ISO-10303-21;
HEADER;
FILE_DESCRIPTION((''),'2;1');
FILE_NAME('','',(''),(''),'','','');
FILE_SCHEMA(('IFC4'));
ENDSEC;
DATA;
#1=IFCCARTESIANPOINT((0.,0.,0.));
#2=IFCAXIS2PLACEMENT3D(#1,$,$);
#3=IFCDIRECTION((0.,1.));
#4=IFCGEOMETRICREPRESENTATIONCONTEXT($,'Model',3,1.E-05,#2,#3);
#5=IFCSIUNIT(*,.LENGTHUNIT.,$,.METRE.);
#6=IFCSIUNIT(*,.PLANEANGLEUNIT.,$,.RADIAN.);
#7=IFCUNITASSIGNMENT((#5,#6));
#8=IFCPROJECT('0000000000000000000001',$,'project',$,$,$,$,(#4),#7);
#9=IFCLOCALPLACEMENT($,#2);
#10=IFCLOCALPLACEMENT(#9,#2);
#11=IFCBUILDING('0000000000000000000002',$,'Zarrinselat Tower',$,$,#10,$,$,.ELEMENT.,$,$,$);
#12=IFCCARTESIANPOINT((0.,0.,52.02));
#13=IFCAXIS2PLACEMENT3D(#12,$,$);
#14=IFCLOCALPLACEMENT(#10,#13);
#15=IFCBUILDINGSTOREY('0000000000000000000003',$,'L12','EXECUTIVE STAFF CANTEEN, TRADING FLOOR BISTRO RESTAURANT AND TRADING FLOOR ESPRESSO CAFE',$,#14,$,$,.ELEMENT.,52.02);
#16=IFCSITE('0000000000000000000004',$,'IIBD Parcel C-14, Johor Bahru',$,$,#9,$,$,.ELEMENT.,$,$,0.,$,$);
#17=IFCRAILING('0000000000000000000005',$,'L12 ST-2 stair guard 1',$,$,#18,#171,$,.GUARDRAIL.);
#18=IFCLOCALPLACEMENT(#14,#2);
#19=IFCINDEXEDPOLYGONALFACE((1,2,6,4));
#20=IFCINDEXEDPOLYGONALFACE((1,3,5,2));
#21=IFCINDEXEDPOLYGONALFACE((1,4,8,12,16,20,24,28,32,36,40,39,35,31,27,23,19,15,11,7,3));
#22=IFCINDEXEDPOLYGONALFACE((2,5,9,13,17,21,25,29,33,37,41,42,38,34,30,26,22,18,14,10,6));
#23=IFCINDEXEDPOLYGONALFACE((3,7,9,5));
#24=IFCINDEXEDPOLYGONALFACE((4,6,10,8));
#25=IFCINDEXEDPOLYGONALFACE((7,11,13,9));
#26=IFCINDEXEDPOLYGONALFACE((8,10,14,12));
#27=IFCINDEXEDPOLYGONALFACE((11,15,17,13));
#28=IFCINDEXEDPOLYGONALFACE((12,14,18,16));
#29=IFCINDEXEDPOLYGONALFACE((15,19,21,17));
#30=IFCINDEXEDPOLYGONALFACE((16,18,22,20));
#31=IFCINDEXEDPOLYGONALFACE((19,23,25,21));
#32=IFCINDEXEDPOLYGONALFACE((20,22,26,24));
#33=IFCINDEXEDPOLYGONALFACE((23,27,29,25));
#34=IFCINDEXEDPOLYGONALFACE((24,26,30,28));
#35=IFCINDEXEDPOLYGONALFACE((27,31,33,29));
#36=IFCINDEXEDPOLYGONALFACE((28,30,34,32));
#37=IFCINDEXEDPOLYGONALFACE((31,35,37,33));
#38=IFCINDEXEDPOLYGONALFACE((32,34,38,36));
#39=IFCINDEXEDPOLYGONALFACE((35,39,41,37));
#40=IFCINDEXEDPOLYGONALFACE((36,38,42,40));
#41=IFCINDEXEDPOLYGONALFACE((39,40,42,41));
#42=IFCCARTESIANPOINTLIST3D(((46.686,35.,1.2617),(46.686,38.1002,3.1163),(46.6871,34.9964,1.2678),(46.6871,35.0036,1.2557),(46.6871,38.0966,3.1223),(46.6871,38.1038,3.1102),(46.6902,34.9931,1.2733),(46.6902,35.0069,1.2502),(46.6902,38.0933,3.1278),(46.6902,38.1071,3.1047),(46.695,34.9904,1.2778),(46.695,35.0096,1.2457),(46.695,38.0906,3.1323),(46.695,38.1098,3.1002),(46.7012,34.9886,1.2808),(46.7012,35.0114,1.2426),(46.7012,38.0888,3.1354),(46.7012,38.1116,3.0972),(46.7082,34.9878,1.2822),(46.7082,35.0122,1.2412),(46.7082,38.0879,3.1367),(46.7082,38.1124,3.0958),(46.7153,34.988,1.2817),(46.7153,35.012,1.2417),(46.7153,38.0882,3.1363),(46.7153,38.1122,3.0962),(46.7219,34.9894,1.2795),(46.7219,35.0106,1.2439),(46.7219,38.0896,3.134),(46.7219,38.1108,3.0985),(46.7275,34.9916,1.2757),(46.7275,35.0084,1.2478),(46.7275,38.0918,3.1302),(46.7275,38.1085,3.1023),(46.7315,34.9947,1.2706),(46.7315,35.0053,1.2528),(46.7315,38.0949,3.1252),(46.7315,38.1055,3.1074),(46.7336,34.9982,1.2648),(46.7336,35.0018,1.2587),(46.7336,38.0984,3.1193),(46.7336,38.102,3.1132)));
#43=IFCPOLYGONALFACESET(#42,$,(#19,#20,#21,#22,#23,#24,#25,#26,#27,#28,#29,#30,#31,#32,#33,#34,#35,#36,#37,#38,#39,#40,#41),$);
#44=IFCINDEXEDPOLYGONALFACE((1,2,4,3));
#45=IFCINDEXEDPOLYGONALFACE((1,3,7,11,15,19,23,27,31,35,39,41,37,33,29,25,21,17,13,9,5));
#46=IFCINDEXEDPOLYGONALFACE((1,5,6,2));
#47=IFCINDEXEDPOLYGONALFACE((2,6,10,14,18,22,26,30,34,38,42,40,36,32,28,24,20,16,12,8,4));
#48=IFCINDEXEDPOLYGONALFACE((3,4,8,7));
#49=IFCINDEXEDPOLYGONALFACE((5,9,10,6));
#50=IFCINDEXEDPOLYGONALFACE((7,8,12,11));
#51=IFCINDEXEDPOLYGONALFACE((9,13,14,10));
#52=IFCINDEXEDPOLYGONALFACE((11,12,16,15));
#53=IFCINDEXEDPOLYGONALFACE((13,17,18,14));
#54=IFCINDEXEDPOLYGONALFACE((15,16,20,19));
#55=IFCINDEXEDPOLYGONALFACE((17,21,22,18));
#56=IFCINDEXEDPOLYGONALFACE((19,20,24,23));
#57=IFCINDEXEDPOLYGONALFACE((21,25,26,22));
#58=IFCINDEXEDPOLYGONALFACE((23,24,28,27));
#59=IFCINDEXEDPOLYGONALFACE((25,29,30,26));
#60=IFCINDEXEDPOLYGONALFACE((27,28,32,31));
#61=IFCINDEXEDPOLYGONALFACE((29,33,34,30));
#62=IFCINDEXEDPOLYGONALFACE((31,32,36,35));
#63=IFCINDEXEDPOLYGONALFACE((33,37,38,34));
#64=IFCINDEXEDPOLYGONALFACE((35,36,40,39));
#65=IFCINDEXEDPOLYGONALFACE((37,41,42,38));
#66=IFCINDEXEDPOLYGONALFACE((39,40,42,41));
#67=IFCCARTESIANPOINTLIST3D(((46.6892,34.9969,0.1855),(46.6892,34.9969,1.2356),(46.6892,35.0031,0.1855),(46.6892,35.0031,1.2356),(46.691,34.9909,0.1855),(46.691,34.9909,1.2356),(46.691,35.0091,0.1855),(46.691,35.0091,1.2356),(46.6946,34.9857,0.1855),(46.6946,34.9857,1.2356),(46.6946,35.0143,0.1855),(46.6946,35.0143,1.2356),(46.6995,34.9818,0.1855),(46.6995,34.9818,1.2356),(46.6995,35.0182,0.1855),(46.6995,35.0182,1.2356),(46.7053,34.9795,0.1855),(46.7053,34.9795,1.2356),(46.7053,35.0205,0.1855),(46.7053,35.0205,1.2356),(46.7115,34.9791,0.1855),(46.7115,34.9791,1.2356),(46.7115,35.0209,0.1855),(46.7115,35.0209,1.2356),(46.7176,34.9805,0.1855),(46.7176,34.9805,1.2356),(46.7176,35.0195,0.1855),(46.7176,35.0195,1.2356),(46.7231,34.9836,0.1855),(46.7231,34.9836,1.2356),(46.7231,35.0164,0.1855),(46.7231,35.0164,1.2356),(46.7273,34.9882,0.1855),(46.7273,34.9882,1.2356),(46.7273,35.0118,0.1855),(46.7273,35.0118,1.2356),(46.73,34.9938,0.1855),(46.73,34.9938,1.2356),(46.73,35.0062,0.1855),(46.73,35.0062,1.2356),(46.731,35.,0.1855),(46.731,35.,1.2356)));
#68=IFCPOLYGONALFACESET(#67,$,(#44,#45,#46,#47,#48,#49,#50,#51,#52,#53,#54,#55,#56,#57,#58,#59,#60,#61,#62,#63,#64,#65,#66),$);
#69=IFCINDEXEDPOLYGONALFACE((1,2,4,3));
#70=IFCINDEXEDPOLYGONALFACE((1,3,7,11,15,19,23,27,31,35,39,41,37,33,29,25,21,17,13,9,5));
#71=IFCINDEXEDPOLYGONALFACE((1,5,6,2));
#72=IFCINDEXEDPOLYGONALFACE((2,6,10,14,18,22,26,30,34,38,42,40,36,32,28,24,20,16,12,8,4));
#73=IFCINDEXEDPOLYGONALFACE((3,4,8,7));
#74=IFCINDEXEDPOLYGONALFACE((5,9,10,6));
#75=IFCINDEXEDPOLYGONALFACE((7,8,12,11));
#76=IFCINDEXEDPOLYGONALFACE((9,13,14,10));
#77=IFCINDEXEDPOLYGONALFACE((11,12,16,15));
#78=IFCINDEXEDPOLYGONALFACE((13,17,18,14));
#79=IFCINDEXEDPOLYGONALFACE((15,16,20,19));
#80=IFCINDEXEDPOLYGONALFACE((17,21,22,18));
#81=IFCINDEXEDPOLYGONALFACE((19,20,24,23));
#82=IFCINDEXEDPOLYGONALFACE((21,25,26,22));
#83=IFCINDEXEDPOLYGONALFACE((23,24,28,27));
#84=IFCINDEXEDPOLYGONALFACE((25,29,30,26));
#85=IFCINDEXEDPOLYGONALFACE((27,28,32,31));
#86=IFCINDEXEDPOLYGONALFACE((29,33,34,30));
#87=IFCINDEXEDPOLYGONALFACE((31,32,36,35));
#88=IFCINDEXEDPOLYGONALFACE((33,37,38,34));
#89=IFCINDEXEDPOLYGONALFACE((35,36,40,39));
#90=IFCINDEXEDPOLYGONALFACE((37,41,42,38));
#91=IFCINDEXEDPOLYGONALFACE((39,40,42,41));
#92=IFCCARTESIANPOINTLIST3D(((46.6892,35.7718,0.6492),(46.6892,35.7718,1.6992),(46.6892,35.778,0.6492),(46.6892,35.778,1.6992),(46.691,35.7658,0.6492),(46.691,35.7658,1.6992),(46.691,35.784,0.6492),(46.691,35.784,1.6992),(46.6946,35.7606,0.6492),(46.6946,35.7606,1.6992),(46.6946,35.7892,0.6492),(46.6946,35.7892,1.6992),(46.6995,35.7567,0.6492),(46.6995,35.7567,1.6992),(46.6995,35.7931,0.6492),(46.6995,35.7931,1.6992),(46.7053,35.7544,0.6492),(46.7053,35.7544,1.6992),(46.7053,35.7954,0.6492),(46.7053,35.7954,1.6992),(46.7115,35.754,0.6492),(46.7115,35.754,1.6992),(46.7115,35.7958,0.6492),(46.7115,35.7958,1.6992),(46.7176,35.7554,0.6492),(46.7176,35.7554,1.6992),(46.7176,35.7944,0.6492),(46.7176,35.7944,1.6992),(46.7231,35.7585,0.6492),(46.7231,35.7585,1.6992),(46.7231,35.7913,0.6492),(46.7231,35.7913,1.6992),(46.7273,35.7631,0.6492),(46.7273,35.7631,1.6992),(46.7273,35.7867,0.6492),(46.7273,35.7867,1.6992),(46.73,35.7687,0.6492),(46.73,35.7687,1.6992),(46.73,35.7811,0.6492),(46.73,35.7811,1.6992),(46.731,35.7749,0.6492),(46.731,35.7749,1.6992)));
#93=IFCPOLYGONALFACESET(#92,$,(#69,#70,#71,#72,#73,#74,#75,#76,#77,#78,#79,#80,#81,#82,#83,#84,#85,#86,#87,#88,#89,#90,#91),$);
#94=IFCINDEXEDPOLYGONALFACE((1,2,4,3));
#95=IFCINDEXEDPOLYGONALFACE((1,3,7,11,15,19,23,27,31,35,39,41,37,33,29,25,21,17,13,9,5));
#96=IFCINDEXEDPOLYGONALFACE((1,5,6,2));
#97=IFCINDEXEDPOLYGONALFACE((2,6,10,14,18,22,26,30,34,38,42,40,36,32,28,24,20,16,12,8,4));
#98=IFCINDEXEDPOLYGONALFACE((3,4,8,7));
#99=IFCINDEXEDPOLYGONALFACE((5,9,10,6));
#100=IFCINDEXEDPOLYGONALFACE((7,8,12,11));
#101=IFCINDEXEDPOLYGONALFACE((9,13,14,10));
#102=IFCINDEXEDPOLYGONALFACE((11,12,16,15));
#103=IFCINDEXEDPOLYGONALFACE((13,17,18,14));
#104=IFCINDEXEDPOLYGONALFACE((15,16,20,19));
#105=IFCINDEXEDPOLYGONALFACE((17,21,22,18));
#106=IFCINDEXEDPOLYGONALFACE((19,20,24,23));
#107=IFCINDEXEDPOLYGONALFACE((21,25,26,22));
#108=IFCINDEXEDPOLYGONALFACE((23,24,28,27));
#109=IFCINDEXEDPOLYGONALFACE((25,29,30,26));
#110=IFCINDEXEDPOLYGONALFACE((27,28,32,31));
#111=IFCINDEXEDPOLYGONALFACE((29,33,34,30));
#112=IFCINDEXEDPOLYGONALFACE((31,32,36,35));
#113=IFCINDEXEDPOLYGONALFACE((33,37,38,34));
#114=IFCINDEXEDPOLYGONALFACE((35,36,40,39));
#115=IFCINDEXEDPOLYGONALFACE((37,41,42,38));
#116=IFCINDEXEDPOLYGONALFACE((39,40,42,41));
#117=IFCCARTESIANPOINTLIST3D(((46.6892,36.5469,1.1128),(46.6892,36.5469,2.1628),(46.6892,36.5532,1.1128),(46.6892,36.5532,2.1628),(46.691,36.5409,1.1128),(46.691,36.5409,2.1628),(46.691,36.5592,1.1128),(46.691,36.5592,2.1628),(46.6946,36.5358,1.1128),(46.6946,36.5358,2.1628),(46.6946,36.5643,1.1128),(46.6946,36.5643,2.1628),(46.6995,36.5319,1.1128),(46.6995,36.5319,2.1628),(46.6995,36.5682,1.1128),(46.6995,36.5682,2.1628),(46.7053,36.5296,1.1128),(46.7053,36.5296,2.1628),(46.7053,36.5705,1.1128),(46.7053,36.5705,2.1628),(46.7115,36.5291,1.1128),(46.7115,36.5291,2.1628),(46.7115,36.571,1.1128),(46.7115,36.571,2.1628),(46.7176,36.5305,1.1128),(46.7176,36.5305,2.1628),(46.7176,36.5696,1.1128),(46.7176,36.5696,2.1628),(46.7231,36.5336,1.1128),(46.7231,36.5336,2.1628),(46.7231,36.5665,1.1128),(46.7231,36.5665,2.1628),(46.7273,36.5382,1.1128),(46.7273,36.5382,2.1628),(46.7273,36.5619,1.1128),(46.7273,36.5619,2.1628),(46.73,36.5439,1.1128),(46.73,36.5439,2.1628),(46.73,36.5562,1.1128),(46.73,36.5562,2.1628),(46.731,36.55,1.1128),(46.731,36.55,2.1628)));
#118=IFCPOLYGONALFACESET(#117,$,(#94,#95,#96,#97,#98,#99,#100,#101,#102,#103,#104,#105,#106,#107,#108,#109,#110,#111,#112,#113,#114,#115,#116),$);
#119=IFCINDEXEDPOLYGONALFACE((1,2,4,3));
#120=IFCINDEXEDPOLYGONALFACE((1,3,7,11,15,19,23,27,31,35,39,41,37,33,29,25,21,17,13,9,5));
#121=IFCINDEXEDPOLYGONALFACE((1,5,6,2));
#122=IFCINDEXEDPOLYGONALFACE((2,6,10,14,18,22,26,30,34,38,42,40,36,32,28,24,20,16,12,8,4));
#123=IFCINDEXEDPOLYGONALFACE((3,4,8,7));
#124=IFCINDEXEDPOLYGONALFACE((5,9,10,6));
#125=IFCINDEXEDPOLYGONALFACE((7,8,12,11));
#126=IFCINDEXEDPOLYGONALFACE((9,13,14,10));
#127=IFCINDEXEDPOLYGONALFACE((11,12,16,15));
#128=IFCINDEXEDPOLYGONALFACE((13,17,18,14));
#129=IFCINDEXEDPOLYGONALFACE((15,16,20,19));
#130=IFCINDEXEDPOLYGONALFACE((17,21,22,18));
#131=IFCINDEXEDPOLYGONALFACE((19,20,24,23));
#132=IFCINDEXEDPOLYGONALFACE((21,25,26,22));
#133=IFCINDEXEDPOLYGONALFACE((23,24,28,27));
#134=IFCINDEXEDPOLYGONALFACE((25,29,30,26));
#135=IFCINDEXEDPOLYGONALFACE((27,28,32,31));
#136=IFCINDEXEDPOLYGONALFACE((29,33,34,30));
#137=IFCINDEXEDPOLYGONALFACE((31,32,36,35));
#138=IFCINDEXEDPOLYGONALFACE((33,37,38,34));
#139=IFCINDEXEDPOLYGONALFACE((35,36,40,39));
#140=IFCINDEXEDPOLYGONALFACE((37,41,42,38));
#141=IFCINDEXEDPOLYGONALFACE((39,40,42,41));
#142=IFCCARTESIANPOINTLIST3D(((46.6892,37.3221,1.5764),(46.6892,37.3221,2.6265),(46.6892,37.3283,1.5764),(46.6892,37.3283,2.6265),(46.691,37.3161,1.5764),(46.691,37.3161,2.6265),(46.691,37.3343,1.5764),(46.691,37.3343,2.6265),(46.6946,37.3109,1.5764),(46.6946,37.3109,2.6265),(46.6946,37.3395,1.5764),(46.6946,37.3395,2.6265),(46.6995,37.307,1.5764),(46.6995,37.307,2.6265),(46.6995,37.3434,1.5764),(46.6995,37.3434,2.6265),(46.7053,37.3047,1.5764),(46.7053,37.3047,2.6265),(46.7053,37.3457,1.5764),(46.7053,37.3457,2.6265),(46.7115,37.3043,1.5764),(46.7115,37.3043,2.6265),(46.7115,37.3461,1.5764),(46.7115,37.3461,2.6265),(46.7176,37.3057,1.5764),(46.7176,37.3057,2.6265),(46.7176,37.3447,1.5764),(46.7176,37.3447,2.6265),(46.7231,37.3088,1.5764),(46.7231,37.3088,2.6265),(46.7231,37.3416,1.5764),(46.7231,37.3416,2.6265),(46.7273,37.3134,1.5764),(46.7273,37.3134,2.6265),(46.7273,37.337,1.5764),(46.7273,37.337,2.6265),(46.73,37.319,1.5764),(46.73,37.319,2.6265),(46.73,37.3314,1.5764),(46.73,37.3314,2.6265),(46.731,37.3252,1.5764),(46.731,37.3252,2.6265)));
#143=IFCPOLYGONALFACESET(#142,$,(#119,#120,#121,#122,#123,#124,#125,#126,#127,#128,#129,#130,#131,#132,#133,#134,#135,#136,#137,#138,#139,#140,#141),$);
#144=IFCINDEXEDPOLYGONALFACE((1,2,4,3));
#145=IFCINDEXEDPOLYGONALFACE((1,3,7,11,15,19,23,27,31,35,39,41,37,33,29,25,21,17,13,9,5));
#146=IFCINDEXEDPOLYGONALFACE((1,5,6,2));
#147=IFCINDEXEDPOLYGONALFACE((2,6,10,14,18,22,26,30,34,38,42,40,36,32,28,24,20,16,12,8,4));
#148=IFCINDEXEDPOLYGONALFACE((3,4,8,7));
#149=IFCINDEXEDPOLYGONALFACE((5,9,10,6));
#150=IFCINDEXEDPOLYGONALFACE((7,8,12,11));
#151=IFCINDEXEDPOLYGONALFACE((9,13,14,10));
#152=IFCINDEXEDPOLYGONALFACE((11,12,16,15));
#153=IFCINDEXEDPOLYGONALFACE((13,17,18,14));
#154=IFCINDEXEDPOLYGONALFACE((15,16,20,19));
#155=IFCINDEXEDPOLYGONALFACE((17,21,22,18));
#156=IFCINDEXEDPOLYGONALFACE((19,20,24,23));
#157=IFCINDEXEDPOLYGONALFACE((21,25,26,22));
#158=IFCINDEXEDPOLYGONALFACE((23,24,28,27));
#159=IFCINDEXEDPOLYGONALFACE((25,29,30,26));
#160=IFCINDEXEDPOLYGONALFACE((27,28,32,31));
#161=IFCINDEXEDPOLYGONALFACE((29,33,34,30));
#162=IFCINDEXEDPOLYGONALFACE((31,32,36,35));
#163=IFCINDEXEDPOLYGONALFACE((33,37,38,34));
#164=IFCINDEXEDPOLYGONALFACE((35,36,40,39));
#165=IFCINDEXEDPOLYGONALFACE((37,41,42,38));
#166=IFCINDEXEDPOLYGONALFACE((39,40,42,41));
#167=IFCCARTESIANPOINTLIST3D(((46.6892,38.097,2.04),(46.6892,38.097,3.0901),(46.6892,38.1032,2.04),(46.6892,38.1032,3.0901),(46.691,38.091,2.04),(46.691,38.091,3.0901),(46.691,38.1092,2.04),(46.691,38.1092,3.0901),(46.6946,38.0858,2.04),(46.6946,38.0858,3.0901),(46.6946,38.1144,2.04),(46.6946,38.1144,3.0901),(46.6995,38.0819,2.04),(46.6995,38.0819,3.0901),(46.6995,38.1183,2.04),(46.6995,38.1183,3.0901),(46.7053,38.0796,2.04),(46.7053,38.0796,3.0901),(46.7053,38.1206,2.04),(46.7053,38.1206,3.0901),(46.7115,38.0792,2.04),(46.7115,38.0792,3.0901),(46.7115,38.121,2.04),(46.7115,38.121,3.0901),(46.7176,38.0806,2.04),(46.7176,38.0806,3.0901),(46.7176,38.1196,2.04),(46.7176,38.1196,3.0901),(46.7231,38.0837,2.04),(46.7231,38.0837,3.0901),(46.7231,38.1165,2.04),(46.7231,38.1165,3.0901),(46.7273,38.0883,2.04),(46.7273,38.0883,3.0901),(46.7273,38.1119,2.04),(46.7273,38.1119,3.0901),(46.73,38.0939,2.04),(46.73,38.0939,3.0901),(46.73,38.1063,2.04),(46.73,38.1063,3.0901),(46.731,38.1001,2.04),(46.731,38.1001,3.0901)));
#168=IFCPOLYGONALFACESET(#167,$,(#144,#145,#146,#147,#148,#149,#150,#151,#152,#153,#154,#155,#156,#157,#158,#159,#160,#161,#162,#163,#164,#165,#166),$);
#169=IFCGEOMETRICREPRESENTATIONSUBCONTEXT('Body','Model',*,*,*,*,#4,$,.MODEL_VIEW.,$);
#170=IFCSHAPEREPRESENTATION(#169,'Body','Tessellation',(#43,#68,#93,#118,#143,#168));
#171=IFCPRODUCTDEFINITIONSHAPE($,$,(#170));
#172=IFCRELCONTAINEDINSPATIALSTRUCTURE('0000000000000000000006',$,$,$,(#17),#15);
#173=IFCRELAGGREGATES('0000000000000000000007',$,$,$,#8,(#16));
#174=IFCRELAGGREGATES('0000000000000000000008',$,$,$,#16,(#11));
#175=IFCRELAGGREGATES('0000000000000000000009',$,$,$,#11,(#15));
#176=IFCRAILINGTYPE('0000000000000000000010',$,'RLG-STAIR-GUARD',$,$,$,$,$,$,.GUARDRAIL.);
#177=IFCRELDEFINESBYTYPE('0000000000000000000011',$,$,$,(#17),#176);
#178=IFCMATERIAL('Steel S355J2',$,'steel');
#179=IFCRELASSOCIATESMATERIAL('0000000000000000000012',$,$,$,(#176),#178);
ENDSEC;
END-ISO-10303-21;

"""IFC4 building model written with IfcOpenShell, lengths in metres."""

from ifc_helpers import new_model, si_unit, direction, frame, origin, origin_2d, place, context, subcontext, project, spatial, circle, extrude, material, type_object, element, save


model = new_model("IFC4")

# Units and contexts
model_context = context("Model", 3, precision=1e-05, world=origin(), true_north=direction((0.0, 1.0)))
body_context = subcontext(model_context, "Body", "Model", "MODEL_VIEW")
ifc_project = project(units=[si_unit("LENGTHUNIT", "METRE"), si_unit("PLANEANGLEUNIT", "RADIAN")], contexts=[model_context])

# Site, building, storey
site_placement = place(None, origin())
site = spatial("IfcSite", under=ifc_project, at=site_placement, Name="IIBD Parcel C-14, Johor Bahru", CompositionType="ELEMENT", RefElevation=0.0)
building_placement = place(site_placement, origin())
building = spatial("IfcBuilding", under=site, at=building_placement, Name="Zarrinselat Tower", CompositionType="ELEMENT")
storey_placement = place(building_placement, frame((0.0, 0.0, 52.02)))
storey = spatial("IfcBuildingStorey", under=building, at=storey_placement, Name="L12", Description="EXECUTIVE STAFF CANTEEN, TRADING FLOOR BISTRO RESTAURANT AND TRADING FLOOR ESPRESSO CAFE", CompositionType="ELEMENT", Elevation=52.02)

# Railing
ifc_material_1 = material(Name="Steel S355J2", Category="steel")
railing_type_1 = type_object("IfcRailingType", Name="RLG-STAIR-GUARD", PredefinedType="GUARDRAIL", material=ifc_material_1)
railing_1_placement = place(storey_placement, frame((46.71, 35.0, 0.1855)))
element("IfcRailing", 1, at=railing_1_placement, inside=storey, type_object=railing_type_1, Name="L12 ST-2 stair guard 1", PredefinedType="GUARDRAIL", context=body_context, shape_type="SweptSolid", body=[
    extrude(circle(Radius=0.0239, at=origin_2d()), frame((0.0, 0.0, 1.0762), z_axis=(0.0, 0.858172, 0.513362), x_axis=(-1.0, 0.0, 0.0)), (0.0, 0.0, 1.0), 3.6125),
    extrude(circle(Radius=0.021, at=origin_2d()), origin(), (0.0, 0.0, 1.0), 1.05),
    extrude(circle(Radius=0.021, at=origin_2d()), frame((0.0, 0.7749, 0.4636)), (0.0, 0.0, 1.0), 1.05),
    extrude(circle(Radius=0.021, at=origin_2d()), frame((0.0, 1.55, 0.9272)), (0.0, 0.0, 1.0), 1.05),
    extrude(circle(Radius=0.021, at=origin_2d()), frame((0.0, 2.3252, 1.3909)), (0.0, 0.0, 1.0), 1.05),
    extrude(circle(Radius=0.021, at=origin_2d()), frame((0.0, 3.1001, 1.8545)), (0.0, 0.0, 1.0), 1.05),
])

save(model, "model.ifc")
